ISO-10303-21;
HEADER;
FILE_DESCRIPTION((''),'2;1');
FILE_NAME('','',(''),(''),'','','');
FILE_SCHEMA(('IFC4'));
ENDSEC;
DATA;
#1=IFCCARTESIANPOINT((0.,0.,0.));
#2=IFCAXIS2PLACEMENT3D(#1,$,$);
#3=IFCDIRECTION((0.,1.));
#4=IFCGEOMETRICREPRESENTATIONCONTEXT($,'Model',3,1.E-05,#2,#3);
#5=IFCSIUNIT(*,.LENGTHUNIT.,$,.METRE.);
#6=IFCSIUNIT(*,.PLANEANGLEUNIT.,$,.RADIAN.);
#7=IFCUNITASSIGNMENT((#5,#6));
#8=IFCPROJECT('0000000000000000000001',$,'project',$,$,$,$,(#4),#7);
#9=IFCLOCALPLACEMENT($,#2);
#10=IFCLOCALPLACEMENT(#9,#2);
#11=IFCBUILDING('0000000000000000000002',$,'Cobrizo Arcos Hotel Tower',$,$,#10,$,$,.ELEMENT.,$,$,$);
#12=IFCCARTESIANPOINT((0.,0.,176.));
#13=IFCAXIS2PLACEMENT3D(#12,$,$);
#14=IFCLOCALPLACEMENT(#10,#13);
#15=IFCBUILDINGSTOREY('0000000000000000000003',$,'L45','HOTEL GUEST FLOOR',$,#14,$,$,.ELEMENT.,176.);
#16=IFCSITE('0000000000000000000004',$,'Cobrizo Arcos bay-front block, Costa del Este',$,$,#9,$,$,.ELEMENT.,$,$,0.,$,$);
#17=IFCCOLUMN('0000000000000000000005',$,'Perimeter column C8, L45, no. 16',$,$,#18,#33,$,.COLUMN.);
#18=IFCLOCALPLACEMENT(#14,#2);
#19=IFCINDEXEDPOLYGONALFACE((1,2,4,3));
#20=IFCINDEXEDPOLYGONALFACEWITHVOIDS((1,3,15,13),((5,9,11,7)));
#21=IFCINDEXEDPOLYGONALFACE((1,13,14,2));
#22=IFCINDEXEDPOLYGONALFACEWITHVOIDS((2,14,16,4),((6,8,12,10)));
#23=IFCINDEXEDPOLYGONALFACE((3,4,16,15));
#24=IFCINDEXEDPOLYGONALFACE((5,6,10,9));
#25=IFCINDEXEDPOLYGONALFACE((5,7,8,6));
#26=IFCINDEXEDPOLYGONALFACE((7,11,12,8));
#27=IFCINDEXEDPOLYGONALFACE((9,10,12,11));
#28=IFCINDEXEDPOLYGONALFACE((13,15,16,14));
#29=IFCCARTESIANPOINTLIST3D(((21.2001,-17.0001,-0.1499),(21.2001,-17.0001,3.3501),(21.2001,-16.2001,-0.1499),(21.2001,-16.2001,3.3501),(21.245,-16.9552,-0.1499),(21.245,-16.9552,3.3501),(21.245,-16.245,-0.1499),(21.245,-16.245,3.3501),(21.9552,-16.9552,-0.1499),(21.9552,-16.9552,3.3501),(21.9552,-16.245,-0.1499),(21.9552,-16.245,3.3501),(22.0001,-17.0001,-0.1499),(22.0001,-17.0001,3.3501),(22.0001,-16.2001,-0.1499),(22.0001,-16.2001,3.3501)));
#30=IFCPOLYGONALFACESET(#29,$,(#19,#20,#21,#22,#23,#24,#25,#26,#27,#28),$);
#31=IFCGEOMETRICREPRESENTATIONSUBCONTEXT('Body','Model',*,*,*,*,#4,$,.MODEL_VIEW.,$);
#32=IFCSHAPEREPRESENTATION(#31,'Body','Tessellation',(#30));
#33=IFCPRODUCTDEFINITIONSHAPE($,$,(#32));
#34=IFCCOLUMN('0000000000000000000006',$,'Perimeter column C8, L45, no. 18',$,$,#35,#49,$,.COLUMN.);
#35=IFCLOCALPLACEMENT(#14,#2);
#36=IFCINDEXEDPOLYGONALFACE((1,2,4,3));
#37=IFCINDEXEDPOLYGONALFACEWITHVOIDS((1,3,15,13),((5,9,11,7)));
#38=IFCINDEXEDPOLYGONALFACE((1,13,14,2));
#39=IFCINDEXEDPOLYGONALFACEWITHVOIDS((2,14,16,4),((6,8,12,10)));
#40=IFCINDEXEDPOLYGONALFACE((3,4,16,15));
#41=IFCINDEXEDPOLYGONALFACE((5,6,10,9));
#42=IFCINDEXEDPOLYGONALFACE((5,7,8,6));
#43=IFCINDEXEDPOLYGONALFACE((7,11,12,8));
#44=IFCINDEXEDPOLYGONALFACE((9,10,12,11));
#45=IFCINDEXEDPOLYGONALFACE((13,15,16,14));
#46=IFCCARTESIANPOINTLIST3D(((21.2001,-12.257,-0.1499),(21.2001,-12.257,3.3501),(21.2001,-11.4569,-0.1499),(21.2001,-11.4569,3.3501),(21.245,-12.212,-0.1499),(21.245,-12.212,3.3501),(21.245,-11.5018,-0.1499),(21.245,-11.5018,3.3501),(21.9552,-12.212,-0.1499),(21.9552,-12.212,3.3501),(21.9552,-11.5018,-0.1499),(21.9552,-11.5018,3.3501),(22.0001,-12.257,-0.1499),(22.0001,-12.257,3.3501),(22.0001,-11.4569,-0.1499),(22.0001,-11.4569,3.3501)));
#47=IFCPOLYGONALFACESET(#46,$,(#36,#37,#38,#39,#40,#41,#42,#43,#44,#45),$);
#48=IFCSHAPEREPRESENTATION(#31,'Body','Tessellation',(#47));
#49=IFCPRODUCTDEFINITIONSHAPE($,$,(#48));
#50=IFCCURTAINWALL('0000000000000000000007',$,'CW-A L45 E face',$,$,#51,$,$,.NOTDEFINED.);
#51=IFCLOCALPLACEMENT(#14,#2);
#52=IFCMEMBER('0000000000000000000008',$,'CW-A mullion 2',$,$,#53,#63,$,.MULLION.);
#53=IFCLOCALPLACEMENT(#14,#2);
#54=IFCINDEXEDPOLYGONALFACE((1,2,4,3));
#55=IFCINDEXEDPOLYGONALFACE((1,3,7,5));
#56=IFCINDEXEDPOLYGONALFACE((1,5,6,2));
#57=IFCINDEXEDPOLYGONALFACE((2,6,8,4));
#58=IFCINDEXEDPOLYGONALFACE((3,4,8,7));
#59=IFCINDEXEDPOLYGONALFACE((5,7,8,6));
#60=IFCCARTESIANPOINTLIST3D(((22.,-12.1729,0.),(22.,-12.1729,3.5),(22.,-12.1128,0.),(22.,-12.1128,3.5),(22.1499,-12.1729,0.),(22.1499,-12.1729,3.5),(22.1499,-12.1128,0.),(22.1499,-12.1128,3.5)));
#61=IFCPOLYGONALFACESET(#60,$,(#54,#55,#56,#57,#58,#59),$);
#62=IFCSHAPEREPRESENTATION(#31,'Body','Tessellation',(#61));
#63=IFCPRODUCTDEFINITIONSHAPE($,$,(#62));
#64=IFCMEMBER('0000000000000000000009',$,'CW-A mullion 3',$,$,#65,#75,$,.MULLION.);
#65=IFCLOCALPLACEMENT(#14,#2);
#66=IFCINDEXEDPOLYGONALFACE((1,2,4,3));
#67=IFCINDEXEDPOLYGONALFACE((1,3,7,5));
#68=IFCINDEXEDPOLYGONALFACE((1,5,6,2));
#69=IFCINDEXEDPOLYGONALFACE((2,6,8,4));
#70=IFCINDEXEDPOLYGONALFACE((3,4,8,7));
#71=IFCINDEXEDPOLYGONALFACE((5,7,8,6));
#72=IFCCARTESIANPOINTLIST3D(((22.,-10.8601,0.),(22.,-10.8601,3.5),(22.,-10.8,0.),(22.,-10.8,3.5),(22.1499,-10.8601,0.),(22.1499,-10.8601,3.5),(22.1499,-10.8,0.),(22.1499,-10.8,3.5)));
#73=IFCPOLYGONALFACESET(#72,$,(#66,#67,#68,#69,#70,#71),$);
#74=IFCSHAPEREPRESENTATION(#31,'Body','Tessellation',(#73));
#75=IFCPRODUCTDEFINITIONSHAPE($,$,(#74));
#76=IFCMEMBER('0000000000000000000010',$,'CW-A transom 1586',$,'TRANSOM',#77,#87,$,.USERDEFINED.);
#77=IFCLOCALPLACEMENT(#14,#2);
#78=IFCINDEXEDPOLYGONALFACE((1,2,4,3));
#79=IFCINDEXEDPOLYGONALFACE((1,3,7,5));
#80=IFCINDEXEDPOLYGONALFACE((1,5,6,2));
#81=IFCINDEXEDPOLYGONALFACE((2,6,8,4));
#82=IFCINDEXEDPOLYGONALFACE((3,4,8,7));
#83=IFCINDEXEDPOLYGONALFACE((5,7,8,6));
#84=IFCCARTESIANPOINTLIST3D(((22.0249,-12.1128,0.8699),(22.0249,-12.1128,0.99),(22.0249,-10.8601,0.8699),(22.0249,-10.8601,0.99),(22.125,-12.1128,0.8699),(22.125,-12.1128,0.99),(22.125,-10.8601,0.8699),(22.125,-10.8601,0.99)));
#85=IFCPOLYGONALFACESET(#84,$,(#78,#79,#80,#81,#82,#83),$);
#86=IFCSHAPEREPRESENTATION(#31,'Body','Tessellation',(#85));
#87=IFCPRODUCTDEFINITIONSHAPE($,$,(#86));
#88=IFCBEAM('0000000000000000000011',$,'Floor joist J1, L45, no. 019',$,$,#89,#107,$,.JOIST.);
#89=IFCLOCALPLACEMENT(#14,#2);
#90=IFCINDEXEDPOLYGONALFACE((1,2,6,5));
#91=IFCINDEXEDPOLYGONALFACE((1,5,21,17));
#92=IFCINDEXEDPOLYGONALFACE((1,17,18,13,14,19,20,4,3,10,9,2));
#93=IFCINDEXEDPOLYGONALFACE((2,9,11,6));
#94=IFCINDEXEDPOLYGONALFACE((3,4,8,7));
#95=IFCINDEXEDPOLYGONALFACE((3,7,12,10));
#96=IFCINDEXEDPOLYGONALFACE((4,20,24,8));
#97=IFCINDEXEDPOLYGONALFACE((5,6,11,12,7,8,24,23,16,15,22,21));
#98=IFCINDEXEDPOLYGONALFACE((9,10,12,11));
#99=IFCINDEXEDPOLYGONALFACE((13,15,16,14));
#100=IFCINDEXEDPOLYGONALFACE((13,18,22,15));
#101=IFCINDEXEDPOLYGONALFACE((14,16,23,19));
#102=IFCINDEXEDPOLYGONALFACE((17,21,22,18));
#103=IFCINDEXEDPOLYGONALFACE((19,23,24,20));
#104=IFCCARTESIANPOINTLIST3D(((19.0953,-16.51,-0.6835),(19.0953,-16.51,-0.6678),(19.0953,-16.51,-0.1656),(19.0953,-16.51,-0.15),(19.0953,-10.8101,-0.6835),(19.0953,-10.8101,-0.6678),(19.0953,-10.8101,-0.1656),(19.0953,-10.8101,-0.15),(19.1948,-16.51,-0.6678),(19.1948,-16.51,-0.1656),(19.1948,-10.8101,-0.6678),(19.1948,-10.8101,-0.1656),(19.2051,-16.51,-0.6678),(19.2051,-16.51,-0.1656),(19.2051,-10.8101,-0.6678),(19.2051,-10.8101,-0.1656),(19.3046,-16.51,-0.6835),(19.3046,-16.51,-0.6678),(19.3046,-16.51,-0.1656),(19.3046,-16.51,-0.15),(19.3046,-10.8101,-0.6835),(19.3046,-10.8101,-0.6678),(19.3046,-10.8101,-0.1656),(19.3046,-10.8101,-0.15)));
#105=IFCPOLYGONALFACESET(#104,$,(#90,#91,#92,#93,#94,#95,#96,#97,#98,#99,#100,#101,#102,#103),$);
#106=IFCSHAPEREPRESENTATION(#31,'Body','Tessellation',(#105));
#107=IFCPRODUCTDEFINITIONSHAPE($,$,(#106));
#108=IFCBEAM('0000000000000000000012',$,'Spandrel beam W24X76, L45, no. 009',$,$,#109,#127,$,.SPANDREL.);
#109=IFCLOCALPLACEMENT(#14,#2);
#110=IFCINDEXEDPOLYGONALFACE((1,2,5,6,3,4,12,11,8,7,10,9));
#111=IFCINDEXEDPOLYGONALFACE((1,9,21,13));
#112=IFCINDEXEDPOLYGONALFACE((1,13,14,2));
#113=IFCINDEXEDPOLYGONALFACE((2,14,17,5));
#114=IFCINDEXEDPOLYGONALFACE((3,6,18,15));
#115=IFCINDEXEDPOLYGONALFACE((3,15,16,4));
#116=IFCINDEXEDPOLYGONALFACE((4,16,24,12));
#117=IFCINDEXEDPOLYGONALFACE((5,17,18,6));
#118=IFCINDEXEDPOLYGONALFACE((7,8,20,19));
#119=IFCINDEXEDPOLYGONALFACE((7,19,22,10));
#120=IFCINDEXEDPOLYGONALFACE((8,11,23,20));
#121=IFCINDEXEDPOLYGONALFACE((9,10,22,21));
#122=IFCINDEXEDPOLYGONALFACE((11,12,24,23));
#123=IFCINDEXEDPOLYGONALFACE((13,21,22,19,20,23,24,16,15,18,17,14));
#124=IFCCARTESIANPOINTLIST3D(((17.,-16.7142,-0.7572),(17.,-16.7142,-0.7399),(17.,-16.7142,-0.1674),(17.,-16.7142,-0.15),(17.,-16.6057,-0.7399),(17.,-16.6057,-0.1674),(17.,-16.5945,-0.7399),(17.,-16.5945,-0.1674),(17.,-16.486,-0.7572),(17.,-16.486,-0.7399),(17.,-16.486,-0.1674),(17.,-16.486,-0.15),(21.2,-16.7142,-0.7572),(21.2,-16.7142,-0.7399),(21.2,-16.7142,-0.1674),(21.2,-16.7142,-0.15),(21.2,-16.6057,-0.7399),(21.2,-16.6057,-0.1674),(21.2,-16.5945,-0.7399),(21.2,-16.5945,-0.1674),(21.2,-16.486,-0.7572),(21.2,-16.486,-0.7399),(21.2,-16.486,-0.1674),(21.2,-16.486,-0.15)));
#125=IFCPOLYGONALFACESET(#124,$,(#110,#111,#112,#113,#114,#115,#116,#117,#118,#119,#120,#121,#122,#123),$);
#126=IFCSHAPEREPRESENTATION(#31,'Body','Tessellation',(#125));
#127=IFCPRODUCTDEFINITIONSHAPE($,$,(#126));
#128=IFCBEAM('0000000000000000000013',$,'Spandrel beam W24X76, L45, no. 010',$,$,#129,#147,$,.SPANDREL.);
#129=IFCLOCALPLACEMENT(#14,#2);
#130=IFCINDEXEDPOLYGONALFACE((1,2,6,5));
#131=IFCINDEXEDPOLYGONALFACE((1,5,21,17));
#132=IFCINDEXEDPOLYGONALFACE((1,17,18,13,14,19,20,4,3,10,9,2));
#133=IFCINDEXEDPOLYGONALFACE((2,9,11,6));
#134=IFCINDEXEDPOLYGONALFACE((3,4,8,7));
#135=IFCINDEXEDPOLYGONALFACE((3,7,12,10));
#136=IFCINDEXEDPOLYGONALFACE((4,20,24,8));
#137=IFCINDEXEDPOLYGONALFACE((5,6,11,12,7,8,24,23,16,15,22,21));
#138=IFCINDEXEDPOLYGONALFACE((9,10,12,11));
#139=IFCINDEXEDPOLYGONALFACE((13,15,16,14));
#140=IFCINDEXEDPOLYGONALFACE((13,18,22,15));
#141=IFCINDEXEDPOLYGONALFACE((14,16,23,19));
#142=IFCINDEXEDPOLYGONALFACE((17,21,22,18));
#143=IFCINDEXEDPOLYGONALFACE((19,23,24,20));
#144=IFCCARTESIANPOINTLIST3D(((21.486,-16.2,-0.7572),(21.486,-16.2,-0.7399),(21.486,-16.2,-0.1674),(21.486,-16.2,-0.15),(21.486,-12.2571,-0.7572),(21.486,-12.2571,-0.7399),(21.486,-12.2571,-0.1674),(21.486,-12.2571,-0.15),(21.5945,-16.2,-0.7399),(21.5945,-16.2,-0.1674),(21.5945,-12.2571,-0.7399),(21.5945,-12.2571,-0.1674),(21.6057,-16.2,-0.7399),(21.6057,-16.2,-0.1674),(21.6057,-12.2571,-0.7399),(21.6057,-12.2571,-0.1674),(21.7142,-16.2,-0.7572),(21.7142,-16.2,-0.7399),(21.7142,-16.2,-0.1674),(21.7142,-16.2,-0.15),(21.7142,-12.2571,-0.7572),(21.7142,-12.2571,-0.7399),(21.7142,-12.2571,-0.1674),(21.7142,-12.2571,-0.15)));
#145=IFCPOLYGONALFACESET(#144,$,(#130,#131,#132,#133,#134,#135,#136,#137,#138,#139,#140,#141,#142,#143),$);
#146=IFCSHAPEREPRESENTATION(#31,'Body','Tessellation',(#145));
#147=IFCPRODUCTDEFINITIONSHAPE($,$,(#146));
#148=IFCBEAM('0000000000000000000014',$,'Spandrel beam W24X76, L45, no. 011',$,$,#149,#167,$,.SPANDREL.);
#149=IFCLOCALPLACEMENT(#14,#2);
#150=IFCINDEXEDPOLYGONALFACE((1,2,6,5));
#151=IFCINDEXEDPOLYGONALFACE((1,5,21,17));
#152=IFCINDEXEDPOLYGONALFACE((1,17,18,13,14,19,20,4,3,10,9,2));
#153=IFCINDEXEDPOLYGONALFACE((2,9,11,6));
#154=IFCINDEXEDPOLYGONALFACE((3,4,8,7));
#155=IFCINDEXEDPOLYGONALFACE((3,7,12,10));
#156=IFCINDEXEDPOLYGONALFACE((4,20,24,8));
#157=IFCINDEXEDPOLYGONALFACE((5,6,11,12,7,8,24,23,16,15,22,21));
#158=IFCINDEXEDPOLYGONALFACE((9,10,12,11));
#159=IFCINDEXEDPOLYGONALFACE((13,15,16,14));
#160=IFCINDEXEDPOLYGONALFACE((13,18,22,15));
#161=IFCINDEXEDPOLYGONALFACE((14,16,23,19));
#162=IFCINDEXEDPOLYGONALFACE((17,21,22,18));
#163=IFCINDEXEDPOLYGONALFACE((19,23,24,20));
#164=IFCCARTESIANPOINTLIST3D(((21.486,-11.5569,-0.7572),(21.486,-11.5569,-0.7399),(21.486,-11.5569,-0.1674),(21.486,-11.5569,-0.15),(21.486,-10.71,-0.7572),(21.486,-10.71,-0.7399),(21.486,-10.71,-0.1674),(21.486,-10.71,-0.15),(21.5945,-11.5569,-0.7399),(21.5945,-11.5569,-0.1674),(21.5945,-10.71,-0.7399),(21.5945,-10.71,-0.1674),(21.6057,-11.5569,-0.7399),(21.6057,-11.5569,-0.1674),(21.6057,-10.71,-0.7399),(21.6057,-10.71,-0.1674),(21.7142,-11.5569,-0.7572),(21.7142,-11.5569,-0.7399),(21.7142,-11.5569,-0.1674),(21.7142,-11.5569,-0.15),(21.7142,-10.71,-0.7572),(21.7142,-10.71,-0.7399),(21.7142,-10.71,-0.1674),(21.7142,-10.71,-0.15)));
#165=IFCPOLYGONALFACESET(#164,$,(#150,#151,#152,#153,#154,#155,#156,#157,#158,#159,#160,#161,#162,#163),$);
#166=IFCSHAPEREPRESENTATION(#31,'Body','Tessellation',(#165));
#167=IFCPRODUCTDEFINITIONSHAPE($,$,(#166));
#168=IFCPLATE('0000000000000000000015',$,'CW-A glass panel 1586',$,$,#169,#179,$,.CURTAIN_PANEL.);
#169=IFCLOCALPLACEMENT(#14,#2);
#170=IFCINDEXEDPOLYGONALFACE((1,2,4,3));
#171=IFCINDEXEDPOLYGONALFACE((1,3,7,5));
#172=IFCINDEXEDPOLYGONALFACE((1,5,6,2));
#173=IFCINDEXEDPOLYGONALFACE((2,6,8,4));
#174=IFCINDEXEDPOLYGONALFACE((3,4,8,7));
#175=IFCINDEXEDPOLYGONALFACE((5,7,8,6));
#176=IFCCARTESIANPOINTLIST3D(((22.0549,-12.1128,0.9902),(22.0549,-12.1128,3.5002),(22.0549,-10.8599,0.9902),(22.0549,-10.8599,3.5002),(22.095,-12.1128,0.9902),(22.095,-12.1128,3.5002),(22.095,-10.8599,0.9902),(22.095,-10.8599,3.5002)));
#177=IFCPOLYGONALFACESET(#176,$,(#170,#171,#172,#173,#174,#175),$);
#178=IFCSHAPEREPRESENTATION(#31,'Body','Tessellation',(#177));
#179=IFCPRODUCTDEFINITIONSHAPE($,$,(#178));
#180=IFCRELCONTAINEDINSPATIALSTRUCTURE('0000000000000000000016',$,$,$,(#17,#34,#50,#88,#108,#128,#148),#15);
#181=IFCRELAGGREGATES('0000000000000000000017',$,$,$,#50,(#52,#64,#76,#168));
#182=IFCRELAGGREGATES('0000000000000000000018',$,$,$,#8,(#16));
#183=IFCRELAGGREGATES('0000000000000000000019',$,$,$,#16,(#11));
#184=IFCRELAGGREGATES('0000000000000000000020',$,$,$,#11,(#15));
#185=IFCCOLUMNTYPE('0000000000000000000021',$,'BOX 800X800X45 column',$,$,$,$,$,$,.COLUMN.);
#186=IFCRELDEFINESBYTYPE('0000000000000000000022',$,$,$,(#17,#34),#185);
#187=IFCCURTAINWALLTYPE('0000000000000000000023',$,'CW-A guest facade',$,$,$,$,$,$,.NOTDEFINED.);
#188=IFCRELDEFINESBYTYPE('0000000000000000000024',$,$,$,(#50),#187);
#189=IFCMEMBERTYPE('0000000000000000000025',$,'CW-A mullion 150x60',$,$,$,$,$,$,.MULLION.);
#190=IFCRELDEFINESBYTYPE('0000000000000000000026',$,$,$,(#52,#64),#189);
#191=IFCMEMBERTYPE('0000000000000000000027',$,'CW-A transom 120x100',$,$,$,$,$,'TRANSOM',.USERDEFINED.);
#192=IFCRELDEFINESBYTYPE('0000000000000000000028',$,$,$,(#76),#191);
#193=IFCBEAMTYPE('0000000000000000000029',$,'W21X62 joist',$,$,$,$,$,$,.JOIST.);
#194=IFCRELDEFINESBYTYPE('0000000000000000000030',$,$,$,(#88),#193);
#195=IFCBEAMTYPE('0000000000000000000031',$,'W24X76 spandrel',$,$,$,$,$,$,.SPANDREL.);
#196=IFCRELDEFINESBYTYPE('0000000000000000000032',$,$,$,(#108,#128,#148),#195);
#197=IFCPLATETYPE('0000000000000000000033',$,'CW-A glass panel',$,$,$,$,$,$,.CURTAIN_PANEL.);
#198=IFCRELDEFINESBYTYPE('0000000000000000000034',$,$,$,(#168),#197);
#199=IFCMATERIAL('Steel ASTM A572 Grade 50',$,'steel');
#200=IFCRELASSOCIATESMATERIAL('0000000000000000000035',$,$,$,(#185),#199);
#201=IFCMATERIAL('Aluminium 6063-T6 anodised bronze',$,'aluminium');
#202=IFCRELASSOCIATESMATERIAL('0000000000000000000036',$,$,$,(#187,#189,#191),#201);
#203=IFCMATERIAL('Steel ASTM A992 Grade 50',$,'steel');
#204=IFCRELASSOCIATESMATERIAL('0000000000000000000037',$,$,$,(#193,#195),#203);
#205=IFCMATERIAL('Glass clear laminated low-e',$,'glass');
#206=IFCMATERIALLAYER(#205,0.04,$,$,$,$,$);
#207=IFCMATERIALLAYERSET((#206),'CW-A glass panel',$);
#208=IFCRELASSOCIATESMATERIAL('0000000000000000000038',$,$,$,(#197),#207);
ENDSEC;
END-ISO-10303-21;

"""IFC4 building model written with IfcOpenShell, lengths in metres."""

from ifc_helpers import new_model, si_unit, direction, frame, origin, origin_2d, place, context, subcontext, project, spatial, rectangle, hollow_rectangle, i_section, extrude, material, layer, layer_set, material_profile, profile_set, type_object, element, aggregate, save


model = new_model("IFC4")

# Units and contexts
model_context = context("Model", 3, precision=1e-05, world=origin(), true_north=direction((0.0, 1.0)))
body_context = subcontext(model_context, "Body", "Model", "MODEL_VIEW")
ifc_project = project(units=[si_unit("LENGTHUNIT", "METRE"), si_unit("PLANEANGLEUNIT", "RADIAN")], contexts=[model_context])

# Site, building, storey
site_placement = place(None, origin())
site = spatial("IfcSite", under=ifc_project, at=site_placement, Name="Cobrizo Arcos bay-front block, Costa del Este", CompositionType="ELEMENT", RefElevation=0.0)
building_placement = place(site_placement, origin())
building = spatial("IfcBuilding", under=site, at=building_placement, Name="Cobrizo Arcos Hotel Tower", CompositionType="ELEMENT")
storey_placement = place(building_placement, frame((0.0, 0.0, 176.0)))
storey = spatial("IfcBuildingStorey", under=building, at=storey_placement, Name="L45", Description="HOTEL GUEST FLOOR", CompositionType="ELEMENT", Elevation=176.0)

# Columns
ifc_material_1 = material(Name="Steel ASTM A572 Grade 50", Category="steel")
ifc_material_profile_1 = material_profile(ifc_material_1, hollow_rectangle(XDim=0.8, YDim=0.8, WallThickness=0.0449, at=origin_2d()), Name="BOX 800X800X45")
ifc_profile_set_1 = profile_set([ifc_material_profile_1], Name="Steel ASTM A572 Grade 50")
column_type = type_object("IfcColumnType", Name="BOX 800X800X45 column", PredefinedType="COLUMN", material=ifc_profile_set_1)
for number, where, z_axis, x_axis, name in (
    (1, (21.6001, -16.6001, -0.1499), (0.0, 0.0, 1.0), (1.0, 0.0, 0.0), "Perimeter column C8, L45, no. 16"),
    (2, (21.6001, -11.8569, -0.1499), (0.0, 0.0, 1.0), (1.0, 0.0, 0.0), "Perimeter column C8, L45, no. 18"),
):
    element("IfcColumn", number, at=place(storey_placement, frame(where, z_axis=z_axis, x_axis=x_axis)), inside=storey, type_object=column_type, Name=name, PredefinedType="COLUMN", context=body_context, shape_type="SweptSolid", body=[
        extrude(hollow_rectangle(XDim=0.8, YDim=0.8, WallThickness=0.0449, at=origin_2d()), origin(), (0.0, 0.0, 1.0), 3.5),
    ])

# Curtain wall, members
ifc_material_2 = material(Name="Aluminium 6063-T6 anodised bronze", Category="aluminium")
curtain_wall_type = type_object("IfcCurtainWallType", Name="CW-A guest facade", PredefinedType="NOTDEFINED", material=ifc_material_2)
curtain_wall_placement = place(storey_placement, origin())
curtain_wall = element("IfcCurtainWall", 3, at=curtain_wall_placement, inside=storey, type_object=curtain_wall_type, Name="CW-A L45 E face", PredefinedType="NOTDEFINED")
ifc_material_profile_2 = material_profile(ifc_material_2, rectangle(XDim=0.1499, YDim=0.0601, at=origin_2d()), Name="CW-A mullion 150x60")
ifc_profile_set_2 = profile_set([ifc_material_profile_2], Name="Aluminium 6063-T6 anodised bronze")
member_type_1 = type_object("IfcMemberType", Name="CW-A mullion 150x60", PredefinedType="MULLION", material=ifc_profile_set_2)
member_1_placement = place(storey_placement, frame((22.075, -12.1428, 0.0), z_axis=(0.0, 0.0, 1.0), x_axis=(1.0, 0.0, 0.0)))
member_1 = element("IfcMember", 4, at=member_1_placement, type_object=member_type_1, Name="CW-A mullion 2", PredefinedType="MULLION", context=body_context, shape_type="SweptSolid", body=[
    extrude(rectangle(XDim=0.1499, YDim=0.0601, at=origin_2d()), origin(), (0.0, 0.0, 1.0), 3.5),
])
member_2_placement = place(storey_placement, frame((22.075, -10.8301, 0.0), z_axis=(0.0, 0.0, 1.0), x_axis=(1.0, 0.0, 0.0)))
member_2 = element("IfcMember", 5, at=member_2_placement, type_object=member_type_1, Name="CW-A mullion 3", PredefinedType="MULLION", context=body_context, shape_type="SweptSolid", body=[
    extrude(rectangle(XDim=0.1499, YDim=0.0601, at=origin_2d()), origin(), (0.0, 0.0, 1.0), 3.5),
])
ifc_material_profile_3 = material_profile(ifc_material_2, rectangle(XDim=0.1001, YDim=0.1201, at=origin_2d()), Name="CW-A transom 120x100")
ifc_profile_set_3 = profile_set([ifc_material_profile_3], Name="Aluminium 6063-T6 anodised bronze")
member_type_2 = type_object("IfcMemberType", Name="CW-A transom 120x100", ElementType="TRANSOM", PredefinedType="USERDEFINED", material=ifc_profile_set_3)
member_3_placement = place(storey_placement, frame((22.075, -12.1128, 0.9299), z_axis=(0.0, 1.0, 0.0), x_axis=(-1.0, 0.0, 0.0)))
member_3 = element("IfcMember", 6, at=member_3_placement, type_object=member_type_2, Name="CW-A transom 1586", ObjectType="TRANSOM", PredefinedType="USERDEFINED", context=body_context, shape_type="SweptSolid", body=[
    extrude(rectangle(XDim=0.1001, YDim=0.1201, at=origin_2d()), origin(), (0.0, 0.0, 1.0), 1.2527),
])

# Beams
ifc_material_3 = material(Name="Steel ASTM A992 Grade 50", Category="steel")
ifc_material_profile_4 = material_profile(ifc_material_3, i_section(OverallWidth=0.2092, OverallDepth=0.5334, WebThickness=0.0103, FlangeThickness=0.0156, at=origin_2d()), Name="W21X62")
ifc_profile_set_4 = profile_set([ifc_material_profile_4], Name="Steel ASTM A992 Grade 50")
beam_type_1 = type_object("IfcBeamType", Name="W21X62 joist", PredefinedType="JOIST", material=ifc_profile_set_4)
beam_1_placement = place(storey_placement, frame((19.2, -16.51, -0.4167), z_axis=(0.0, 1.0, 0.0), x_axis=(-1.0, 0.0, 0.0)))
element("IfcBeam", 7, at=beam_1_placement, inside=storey, type_object=beam_type_1, Name="Floor joist J1, L45, no. 019", PredefinedType="JOIST", context=body_context, shape_type="SweptSolid", body=[
    extrude(i_section(OverallWidth=0.2092, OverallDepth=0.5334, WebThickness=0.0103, FlangeThickness=0.0156, at=origin_2d()), origin(), (0.0, 0.0, 1.0), 5.7),
])
ifc_material_profile_5 = material_profile(ifc_material_3, i_section(OverallWidth=0.2283, OverallDepth=0.6072, WebThickness=0.0112, FlangeThickness=0.0173, at=origin_2d()), Name="W24X76")
ifc_profile_set_5 = profile_set([ifc_material_profile_5], Name="Steel ASTM A992 Grade 50")
beam_type_2 = type_object("IfcBeamType", Name="W24X76 spandrel", PredefinedType="SPANDREL", material=ifc_profile_set_5)
beam_2_placement = place(storey_placement, frame((17.0, -16.6001, -0.4536), z_axis=(1.0, 0.0, 0.0), x_axis=(0.0, 1.0, 0.0)))
element("IfcBeam", 8, at=beam_2_placement, inside=storey, type_object=beam_type_2, Name="Spandrel beam W24X76, L45, no. 009", PredefinedType="SPANDREL", context=body_context, shape_type="SweptSolid", body=[
    extrude(i_section(OverallWidth=0.2283, OverallDepth=0.6072, WebThickness=0.0112, FlangeThickness=0.0173, at=origin_2d()), origin(), (0.0, 0.0, 1.0), 4.2),
])
beam_3_placement = place(storey_placement, frame((21.6001, -16.2, -0.4536), z_axis=(0.0, 1.0, 0.0), x_axis=(-1.0, 0.0, 0.0)))
element("IfcBeam", 9, at=beam_3_placement, inside=storey, type_object=beam_type_2, Name="Spandrel beam W24X76, L45, no. 010", PredefinedType="SPANDREL", context=body_context, shape_type="SweptSolid", body=[
    extrude(i_section(OverallWidth=0.2283, OverallDepth=0.6072, WebThickness=0.0112, FlangeThickness=0.0173, at=origin_2d()), origin(), (0.0, 0.0, 1.0), 3.9429),
])
beam_4_placement = place(storey_placement, frame((21.6001, -11.5569, -0.4536), z_axis=(0.0, 1.0, 0.0), x_axis=(-1.0, 0.0, 0.0)))
element("IfcBeam", 10, at=beam_4_placement, inside=storey, type_object=beam_type_2, Name="Spandrel beam W24X76, L45, no. 011", PredefinedType="SPANDREL", context=body_context, shape_type="SweptSolid", body=[
    extrude(i_section(OverallWidth=0.2283, OverallDepth=0.6072, WebThickness=0.0112, FlangeThickness=0.0173, at=origin_2d()), origin(), (0.0, 0.0, 1.0), 0.8469),
])

# Plate
ifc_material_4 = material(Name="Glass clear laminated low-e", Category="glass")
ifc_layer_1 = layer(ifc_material_4, 0.04)
ifc_layer_set_1 = layer_set([ifc_layer_1], Name="CW-A glass panel")
plate_type_1 = type_object("IfcPlateType", Name="CW-A glass panel", PredefinedType="CURTAIN_PANEL", material=ifc_layer_set_1)
plate_1_placement = place(storey_placement, frame((22.075, -11.4863, 0.9902), z_axis=(0.0, 0.0, 1.0), x_axis=(0.0, 1.0, 0.0)))
plate_1 = element("IfcPlate", 11, at=plate_1_placement, type_object=plate_type_1, Name="CW-A glass panel 1586", PredefinedType="CURTAIN_PANEL", context=body_context, shape_type="SweptSolid", body=[
    extrude(rectangle(XDim=1.2529, YDim=0.04, at=origin_2d()), origin(), (0.0, 0.0, 1.0), 2.51),
])
aggregate(curtain_wall, [member_1, member_2, member_3, plate_1])

save(model, "model.ifc")
